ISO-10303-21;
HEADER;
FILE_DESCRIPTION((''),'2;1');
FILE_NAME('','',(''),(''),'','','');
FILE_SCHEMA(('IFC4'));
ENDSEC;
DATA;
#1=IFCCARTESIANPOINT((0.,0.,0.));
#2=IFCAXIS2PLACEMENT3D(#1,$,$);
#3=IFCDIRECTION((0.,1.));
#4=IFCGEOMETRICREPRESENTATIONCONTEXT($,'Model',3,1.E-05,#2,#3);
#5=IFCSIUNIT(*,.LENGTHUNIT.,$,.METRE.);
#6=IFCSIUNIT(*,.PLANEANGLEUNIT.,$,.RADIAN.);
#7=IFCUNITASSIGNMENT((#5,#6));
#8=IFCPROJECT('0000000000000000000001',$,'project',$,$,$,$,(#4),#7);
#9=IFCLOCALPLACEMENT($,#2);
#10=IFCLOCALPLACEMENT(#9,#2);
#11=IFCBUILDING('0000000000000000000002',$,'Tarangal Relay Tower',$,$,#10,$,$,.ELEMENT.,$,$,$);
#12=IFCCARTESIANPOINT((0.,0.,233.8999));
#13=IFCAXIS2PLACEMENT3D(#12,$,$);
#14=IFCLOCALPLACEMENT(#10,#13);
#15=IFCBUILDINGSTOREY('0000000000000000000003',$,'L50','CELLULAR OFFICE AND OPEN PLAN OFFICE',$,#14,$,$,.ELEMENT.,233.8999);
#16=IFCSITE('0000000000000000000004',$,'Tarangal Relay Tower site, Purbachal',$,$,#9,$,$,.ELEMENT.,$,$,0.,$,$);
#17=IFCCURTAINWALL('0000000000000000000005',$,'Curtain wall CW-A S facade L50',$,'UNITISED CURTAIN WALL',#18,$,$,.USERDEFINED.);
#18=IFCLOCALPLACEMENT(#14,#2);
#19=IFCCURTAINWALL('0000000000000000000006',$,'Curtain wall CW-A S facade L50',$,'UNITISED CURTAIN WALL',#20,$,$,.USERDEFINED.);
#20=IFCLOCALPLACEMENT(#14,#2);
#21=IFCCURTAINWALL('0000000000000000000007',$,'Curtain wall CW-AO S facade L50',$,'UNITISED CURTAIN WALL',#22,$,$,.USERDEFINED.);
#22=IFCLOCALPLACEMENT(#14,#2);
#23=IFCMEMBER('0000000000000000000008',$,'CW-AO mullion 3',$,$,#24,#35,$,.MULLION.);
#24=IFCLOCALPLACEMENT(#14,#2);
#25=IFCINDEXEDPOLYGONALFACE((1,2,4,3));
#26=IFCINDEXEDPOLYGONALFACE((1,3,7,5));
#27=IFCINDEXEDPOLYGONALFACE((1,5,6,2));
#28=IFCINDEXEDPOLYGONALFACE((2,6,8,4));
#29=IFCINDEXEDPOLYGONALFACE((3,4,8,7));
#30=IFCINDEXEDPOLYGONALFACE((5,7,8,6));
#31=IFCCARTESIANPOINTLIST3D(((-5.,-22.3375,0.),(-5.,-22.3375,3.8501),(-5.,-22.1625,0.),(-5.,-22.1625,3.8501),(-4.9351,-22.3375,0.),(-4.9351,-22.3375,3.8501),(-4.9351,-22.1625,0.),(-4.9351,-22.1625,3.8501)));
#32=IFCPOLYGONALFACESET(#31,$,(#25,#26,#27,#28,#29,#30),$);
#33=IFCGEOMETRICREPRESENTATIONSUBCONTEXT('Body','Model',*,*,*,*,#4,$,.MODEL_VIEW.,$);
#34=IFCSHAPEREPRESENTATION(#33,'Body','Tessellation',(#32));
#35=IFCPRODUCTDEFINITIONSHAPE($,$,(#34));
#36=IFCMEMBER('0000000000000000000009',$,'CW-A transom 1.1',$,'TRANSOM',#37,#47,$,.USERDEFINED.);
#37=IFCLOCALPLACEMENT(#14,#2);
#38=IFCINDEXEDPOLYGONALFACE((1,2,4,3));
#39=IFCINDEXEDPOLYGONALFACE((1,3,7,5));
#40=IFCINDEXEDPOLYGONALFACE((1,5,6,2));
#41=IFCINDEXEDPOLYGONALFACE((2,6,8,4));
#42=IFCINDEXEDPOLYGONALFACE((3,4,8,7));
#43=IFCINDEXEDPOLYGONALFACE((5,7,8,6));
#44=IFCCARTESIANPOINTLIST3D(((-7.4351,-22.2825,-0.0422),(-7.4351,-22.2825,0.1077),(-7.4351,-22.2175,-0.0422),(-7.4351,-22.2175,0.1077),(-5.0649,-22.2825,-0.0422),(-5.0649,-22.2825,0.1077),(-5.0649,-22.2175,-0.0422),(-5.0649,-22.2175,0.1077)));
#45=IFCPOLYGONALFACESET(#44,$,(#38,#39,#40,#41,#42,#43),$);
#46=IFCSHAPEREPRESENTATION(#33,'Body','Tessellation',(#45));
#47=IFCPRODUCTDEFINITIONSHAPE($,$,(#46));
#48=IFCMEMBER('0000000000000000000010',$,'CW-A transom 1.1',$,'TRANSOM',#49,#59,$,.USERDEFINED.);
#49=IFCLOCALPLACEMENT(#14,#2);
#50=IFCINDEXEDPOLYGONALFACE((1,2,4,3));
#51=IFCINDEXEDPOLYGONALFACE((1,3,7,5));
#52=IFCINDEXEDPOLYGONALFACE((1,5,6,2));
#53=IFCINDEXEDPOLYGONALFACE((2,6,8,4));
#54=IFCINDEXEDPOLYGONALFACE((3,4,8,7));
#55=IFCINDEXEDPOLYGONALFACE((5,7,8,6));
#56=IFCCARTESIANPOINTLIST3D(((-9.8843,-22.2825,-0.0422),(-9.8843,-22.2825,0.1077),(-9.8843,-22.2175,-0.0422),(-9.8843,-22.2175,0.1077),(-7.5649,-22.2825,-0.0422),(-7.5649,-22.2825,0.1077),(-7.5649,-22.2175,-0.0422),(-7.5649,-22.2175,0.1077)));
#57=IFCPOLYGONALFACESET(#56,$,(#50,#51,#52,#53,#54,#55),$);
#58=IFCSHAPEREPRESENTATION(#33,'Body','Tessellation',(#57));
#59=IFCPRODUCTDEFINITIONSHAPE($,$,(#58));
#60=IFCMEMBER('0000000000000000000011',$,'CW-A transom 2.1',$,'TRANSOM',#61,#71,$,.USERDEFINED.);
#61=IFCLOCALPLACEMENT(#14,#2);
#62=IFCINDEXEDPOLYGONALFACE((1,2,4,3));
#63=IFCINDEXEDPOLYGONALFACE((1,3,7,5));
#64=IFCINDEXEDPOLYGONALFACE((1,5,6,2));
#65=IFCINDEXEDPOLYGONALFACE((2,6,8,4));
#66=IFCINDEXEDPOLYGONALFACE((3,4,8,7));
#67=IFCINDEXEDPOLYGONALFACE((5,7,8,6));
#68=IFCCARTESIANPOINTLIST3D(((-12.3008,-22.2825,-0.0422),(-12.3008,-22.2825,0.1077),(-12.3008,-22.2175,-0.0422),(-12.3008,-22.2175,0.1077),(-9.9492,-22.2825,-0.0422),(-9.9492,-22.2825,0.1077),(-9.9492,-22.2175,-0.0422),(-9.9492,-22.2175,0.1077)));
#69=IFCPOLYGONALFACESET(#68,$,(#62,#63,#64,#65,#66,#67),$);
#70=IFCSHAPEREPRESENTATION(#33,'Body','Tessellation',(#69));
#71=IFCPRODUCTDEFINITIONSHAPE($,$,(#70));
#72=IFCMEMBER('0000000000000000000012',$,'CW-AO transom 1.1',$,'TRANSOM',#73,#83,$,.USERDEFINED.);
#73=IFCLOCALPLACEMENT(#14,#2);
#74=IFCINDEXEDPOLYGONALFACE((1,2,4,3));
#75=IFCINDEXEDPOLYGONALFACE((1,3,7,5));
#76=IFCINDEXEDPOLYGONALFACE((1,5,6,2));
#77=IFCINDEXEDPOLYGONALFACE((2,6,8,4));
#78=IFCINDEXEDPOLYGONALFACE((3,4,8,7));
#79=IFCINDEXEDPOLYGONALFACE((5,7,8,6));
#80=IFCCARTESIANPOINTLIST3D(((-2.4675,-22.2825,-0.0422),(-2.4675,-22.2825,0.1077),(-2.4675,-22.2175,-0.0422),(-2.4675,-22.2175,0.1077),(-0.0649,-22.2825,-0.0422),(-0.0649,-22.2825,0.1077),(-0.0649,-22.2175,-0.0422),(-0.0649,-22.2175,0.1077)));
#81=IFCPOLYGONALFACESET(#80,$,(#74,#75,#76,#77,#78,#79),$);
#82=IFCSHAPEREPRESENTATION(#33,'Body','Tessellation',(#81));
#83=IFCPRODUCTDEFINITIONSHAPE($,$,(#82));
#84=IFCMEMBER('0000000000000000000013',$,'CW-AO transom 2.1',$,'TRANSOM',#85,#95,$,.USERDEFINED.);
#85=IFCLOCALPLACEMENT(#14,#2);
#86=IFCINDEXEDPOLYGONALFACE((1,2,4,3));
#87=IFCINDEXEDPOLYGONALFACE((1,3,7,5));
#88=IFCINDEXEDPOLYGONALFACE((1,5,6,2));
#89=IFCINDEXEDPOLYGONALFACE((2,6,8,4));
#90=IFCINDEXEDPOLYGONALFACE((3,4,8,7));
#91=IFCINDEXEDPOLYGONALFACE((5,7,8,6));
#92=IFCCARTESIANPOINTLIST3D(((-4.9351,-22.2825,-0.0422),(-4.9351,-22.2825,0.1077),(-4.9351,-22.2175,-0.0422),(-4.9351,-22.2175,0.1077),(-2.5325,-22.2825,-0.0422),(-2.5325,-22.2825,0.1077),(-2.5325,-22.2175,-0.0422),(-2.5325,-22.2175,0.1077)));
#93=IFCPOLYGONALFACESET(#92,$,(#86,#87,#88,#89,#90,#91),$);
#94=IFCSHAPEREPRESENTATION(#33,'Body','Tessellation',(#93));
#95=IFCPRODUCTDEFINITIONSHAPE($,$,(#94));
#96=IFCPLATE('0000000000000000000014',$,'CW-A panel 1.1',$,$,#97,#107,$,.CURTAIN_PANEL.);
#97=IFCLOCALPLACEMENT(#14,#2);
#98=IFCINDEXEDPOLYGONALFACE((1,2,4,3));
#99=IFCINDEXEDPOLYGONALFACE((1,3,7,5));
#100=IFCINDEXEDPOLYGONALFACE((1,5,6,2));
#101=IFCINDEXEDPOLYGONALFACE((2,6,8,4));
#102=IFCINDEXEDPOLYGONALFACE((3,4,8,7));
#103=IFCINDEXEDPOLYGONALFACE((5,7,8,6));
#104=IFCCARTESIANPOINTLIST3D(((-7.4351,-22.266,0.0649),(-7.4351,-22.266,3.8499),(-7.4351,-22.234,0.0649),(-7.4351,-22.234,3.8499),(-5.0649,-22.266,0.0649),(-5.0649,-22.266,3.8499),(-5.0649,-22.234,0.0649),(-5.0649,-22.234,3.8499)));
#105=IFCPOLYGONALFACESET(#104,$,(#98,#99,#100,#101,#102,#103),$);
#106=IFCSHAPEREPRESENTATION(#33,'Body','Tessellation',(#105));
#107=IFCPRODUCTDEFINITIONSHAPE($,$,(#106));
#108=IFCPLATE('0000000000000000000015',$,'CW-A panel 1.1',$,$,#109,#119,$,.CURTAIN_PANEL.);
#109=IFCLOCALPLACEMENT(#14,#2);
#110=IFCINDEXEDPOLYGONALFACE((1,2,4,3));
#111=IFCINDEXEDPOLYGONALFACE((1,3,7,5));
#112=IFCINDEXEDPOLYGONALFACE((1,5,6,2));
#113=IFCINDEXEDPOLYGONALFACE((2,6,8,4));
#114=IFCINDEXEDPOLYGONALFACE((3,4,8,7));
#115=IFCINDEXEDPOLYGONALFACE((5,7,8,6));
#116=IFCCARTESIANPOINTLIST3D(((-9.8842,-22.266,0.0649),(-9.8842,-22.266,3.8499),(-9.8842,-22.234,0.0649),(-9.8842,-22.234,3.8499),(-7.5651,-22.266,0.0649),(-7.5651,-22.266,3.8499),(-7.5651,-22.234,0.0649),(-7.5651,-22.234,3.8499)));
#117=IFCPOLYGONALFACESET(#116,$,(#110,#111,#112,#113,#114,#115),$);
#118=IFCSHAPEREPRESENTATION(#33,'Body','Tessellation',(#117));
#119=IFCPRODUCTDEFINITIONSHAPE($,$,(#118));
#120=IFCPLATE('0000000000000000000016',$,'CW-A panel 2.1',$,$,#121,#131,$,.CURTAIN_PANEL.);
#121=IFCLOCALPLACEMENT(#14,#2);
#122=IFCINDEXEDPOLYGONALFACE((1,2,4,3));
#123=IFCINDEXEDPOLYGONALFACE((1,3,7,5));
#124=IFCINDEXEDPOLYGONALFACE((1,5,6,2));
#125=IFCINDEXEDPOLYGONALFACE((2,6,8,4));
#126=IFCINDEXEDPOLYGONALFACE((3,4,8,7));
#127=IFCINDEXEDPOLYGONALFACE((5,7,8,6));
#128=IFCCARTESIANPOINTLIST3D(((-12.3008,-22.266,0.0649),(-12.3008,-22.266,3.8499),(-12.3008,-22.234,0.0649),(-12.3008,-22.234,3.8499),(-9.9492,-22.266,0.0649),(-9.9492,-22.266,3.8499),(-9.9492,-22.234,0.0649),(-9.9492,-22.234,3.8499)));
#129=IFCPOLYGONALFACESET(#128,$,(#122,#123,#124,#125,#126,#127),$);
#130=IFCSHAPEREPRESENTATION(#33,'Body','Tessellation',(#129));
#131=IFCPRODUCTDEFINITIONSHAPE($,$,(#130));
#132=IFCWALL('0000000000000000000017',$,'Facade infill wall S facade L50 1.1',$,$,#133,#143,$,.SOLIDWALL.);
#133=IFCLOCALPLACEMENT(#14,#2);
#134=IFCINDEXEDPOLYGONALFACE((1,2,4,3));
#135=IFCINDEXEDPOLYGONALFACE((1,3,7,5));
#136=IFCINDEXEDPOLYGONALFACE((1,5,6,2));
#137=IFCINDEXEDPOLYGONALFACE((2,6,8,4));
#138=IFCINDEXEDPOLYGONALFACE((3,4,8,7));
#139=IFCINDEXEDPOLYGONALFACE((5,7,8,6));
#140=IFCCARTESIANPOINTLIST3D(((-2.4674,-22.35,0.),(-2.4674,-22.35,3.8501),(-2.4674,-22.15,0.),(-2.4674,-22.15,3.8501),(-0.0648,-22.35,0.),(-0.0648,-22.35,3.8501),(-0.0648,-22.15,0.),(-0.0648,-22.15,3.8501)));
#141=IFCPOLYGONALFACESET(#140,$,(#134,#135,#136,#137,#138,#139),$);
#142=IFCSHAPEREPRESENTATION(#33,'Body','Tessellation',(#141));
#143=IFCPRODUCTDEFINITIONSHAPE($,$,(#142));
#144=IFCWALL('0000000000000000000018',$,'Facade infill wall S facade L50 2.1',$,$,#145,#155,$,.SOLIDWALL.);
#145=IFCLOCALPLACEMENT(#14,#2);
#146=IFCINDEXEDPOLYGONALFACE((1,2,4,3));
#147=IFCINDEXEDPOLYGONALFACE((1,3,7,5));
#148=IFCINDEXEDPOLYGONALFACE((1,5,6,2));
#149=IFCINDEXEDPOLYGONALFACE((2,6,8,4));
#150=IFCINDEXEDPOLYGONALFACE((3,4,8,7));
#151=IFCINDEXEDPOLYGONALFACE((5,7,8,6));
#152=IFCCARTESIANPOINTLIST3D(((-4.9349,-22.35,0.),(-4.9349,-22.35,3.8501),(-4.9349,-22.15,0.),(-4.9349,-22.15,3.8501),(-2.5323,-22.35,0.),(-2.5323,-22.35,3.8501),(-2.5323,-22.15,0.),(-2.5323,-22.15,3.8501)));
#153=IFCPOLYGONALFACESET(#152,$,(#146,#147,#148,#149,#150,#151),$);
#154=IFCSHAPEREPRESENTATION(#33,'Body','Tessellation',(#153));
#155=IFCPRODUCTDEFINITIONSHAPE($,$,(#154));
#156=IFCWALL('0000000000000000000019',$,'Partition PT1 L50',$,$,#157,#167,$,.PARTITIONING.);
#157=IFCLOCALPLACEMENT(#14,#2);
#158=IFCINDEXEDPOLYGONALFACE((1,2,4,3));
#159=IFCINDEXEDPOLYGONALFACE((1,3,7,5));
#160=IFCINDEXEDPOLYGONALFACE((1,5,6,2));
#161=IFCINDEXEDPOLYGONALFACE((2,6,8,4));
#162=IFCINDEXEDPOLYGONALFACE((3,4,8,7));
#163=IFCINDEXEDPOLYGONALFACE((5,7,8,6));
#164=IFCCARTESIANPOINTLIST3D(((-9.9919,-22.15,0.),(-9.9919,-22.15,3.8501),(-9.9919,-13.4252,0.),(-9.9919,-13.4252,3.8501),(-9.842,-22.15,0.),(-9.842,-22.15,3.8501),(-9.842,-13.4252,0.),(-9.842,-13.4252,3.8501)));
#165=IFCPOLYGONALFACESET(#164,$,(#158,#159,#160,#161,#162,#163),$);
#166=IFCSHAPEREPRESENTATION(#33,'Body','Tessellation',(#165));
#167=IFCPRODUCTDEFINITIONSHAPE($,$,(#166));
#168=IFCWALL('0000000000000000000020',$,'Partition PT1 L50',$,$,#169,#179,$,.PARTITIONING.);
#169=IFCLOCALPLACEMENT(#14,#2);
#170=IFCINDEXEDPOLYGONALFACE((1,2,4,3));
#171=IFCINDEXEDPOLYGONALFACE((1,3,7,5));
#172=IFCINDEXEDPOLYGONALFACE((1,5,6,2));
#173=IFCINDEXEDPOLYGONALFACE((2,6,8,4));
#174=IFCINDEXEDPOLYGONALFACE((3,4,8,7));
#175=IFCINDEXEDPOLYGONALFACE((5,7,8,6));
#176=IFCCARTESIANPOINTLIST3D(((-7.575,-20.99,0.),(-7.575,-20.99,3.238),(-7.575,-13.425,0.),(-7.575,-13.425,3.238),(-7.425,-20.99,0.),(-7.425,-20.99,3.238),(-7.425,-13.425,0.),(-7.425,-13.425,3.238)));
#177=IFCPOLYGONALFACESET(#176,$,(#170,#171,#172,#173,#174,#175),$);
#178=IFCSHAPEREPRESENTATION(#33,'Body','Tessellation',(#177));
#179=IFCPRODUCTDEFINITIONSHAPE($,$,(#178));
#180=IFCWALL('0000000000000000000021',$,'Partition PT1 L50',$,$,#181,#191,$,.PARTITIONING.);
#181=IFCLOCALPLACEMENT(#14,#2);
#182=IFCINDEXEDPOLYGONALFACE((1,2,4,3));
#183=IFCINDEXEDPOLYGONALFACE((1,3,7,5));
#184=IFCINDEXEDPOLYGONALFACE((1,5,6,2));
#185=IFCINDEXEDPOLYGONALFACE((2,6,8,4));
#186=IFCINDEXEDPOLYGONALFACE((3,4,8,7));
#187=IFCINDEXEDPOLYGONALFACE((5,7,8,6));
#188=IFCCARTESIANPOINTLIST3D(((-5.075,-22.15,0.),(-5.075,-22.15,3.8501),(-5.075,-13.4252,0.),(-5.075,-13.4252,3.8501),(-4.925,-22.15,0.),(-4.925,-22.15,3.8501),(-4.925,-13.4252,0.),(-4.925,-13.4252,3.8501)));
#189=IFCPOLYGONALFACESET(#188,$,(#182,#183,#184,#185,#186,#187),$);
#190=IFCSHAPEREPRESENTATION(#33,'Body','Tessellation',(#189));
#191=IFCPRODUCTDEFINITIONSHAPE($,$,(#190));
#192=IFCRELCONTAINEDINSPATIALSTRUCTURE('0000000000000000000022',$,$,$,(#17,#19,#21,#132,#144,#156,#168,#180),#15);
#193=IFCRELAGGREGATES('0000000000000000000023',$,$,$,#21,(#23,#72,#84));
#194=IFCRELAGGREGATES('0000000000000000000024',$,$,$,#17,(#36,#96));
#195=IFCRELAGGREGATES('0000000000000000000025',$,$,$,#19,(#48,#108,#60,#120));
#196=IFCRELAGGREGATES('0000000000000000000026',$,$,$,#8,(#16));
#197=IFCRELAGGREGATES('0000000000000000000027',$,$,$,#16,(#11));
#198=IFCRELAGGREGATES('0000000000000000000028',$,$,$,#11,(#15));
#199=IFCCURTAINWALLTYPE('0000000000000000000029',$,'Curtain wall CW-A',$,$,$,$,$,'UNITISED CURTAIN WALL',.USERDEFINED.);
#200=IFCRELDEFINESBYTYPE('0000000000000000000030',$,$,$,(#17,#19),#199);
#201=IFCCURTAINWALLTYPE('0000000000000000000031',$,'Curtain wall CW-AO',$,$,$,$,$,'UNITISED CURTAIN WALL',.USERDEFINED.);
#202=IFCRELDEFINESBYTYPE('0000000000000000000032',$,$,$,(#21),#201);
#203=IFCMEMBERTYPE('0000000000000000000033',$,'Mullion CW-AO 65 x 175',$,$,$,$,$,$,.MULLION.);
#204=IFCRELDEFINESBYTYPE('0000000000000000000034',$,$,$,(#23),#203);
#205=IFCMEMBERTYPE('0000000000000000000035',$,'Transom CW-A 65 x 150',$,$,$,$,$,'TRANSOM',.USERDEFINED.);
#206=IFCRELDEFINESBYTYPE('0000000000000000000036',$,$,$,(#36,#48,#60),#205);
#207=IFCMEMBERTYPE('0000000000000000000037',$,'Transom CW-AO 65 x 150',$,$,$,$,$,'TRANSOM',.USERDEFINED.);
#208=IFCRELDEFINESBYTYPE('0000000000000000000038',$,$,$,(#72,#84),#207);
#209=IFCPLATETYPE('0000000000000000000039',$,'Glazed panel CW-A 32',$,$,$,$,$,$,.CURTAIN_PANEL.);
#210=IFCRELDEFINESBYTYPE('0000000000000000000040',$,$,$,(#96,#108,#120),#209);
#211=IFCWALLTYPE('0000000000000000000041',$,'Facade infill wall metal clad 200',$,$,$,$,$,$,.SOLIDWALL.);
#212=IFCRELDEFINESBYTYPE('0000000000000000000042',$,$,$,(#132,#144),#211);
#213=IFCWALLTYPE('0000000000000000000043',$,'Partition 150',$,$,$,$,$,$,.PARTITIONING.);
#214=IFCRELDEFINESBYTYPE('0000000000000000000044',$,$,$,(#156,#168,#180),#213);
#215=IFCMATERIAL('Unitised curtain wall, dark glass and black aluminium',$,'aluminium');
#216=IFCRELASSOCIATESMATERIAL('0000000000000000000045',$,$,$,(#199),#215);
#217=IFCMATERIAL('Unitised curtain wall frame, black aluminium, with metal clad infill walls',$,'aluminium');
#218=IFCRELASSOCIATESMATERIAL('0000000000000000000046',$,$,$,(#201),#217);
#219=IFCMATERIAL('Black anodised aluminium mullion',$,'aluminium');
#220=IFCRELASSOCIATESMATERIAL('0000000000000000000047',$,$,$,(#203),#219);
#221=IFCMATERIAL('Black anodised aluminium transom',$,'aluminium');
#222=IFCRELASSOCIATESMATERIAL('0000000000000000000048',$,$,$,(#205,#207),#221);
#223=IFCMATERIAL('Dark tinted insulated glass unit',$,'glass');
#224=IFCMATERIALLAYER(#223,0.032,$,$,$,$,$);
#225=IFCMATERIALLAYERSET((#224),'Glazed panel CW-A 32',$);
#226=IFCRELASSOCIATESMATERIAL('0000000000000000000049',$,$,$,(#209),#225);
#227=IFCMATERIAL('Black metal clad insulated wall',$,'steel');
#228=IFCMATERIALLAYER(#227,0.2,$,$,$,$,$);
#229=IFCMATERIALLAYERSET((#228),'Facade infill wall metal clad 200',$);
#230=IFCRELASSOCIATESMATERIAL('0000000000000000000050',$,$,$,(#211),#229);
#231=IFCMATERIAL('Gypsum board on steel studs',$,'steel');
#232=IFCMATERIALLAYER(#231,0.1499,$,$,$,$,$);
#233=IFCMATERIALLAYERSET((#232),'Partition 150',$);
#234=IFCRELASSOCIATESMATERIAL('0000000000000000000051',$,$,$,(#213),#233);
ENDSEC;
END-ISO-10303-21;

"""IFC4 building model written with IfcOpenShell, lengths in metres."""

from ifc_helpers import new_model, si_unit, direction, frame, frame_2d, origin, origin_2d, place, context, subcontext, project, spatial, rectangle, extrude, material, layer, layer_set, material_profile, profile_set, type_object, element, aggregate, save


model = new_model("IFC4")

# Units and contexts
model_context = context("Model", 3, precision=1e-05, world=origin(), true_north=direction((0.0, 1.0)))
body_context = subcontext(model_context, "Body", "Model", "MODEL_VIEW")
ifc_project = project(units=[si_unit("LENGTHUNIT", "METRE"), si_unit("PLANEANGLEUNIT", "RADIAN")], contexts=[model_context])

# Site, building, storey
site_placement = place(None, origin())
site = spatial("IfcSite", under=ifc_project, at=site_placement, Name="Tarangal Relay Tower site, Purbachal", CompositionType="ELEMENT", RefElevation=0.0)
building_placement = place(site_placement, origin())
building = spatial("IfcBuilding", under=site, at=building_placement, Name="Tarangal Relay Tower", CompositionType="ELEMENT")
storey_placement = place(building_placement, frame((0.0, 0.0, 233.8999)))
storey = spatial("IfcBuildingStorey", under=building, at=storey_placement, Name="L50", Description="CELLULAR OFFICE AND OPEN PLAN OFFICE", CompositionType="ELEMENT", Elevation=233.8999)

# Curtain walls, member
ifc_material_1 = material(Name="Unitised curtain wall, dark glass and black aluminium", Category="aluminium")
curtain_wall_type_1 = type_object("IfcCurtainWallType", Name="Curtain wall CW-A", ElementType="UNITISED CURTAIN WALL", PredefinedType="USERDEFINED", material=ifc_material_1)
curtain_wall_1_placement = place(storey_placement, origin())
curtain_wall_1 = element("IfcCurtainWall", 1, at=curtain_wall_1_placement, inside=storey, type_object=curtain_wall_type_1, Name="Curtain wall CW-A S facade L50", ObjectType="UNITISED CURTAIN WALL", PredefinedType="USERDEFINED")
ifc_material_2 = material(Name="Black anodised aluminium mullion", Category="aluminium")
curtain_wall_2_placement = place(storey_placement, origin())
curtain_wall_2 = element("IfcCurtainWall", 2, at=curtain_wall_2_placement, inside=storey, type_object=curtain_wall_type_1, Name="Curtain wall CW-A S facade L50", ObjectType="UNITISED CURTAIN WALL", PredefinedType="USERDEFINED")
ifc_material_3 = material(Name="Unitised curtain wall frame, black aluminium, with metal clad infill walls", Category="aluminium")
curtain_wall_type_2 = type_object("IfcCurtainWallType", Name="Curtain wall CW-AO", ElementType="UNITISED CURTAIN WALL", PredefinedType="USERDEFINED", material=ifc_material_3)
curtain_wall_3_placement = place(storey_placement, origin())
curtain_wall_3 = element("IfcCurtainWall", 3, at=curtain_wall_3_placement, inside=storey, type_object=curtain_wall_type_2, Name="Curtain wall CW-AO S facade L50", ObjectType="UNITISED CURTAIN WALL", PredefinedType="USERDEFINED")
ifc_material_profile_1 = material_profile(ifc_material_2, rectangle(XDim=0.175, YDim=0.0649, at=origin_2d()), Name="CW-AOM 65X175")
ifc_profile_set_1 = profile_set([ifc_material_profile_1], Name="Black anodised aluminium mullion")
member_type_1 = type_object("IfcMemberType", Name="Mullion CW-AO 65 x 175", PredefinedType="MULLION", material=ifc_profile_set_1)
member_1_placement = place(storey_placement, frame((-4.9675, -22.25, 0.0), z_axis=(0.0, 0.0, 1.0), x_axis=(0.0, -1.0, 0.0)))
member_1 = element("IfcMember", 4, at=member_1_placement, type_object=member_type_1, Name="CW-AO mullion 3", PredefinedType="MULLION", context=body_context, shape_type="SweptSolid", body=[
    extrude(rectangle(XDim=0.175, YDim=0.0649, at=origin_2d()), origin(), (0.0, 0.0, 1.0), 3.8501),
])

# Members
ifc_material_4 = material(Name="Black anodised aluminium transom", Category="aluminium")
ifc_material_profile_2 = material_profile(ifc_material_4, rectangle(XDim=0.0649, YDim=0.1499, at=origin_2d()), Name="CW-AT 65X150")
ifc_profile_set_2 = profile_set([ifc_material_profile_2], Name="Black anodised aluminium transom")
member_type_2 = type_object("IfcMemberType", Name="Transom CW-A 65 x 150", ElementType="TRANSOM", PredefinedType="USERDEFINED", material=ifc_profile_set_2)
member_2_placement = place(storey_placement, frame((-5.0649, -22.25, 0.0327), z_axis=(-1.0, 0.0, 0.0), x_axis=(0.0, -1.0, 0.0)))
member_2 = element("IfcMember", 5, at=member_2_placement, type_object=member_type_2, Name="CW-A transom 1.1", ObjectType="TRANSOM", PredefinedType="USERDEFINED", context=body_context, shape_type="SweptSolid", body=[
    extrude(rectangle(XDim=0.0649, YDim=0.1499, at=origin_2d()), origin(), (0.0, 0.0, 1.0), 2.3701),
])
member_3_placement = place(storey_placement, frame((-7.5649, -22.25, 0.0327), z_axis=(-1.0, 0.0, 0.0), x_axis=(0.0, -1.0, 0.0)))
member_3 = element("IfcMember", 6, at=member_3_placement, type_object=member_type_2, Name="CW-A transom 1.1", ObjectType="TRANSOM", PredefinedType="USERDEFINED", context=body_context, shape_type="SweptSolid", body=[
    extrude(rectangle(XDim=0.0649, YDim=0.1499, at=origin_2d()), origin(), (0.0, 0.0, 1.0), 2.3193),
])
member_4_placement = place(storey_placement, frame((-9.9492, -22.25, 0.0327), z_axis=(-1.0, 0.0, 0.0), x_axis=(0.0, -1.0, 0.0)))
member_4 = element("IfcMember", 7, at=member_4_placement, type_object=member_type_2, Name="CW-A transom 2.1", ObjectType="TRANSOM", PredefinedType="USERDEFINED", context=body_context, shape_type="SweptSolid", body=[
    extrude(rectangle(XDim=0.0649, YDim=0.1499, at=origin_2d()), origin(), (0.0, 0.0, 1.0), 2.3516),
])
ifc_material_profile_3 = material_profile(ifc_material_4, rectangle(XDim=0.0649, YDim=0.1499, at=origin_2d()), Name="CW-AOT 65X150")
ifc_profile_set_3 = profile_set([ifc_material_profile_3], Name="Black anodised aluminium transom")
member_type_3 = type_object("IfcMemberType", Name="Transom CW-AO 65 x 150", ElementType="TRANSOM", PredefinedType="USERDEFINED", material=ifc_profile_set_3)
member_5_placement = place(storey_placement, frame((-0.0649, -22.25, 0.0327), z_axis=(-1.0, 0.0, 0.0), x_axis=(0.0, -1.0, 0.0)))
member_5 = element("IfcMember", 8, at=member_5_placement, type_object=member_type_3, Name="CW-AO transom 1.1", ObjectType="TRANSOM", PredefinedType="USERDEFINED", context=body_context, shape_type="SweptSolid", body=[
    extrude(rectangle(XDim=0.0649, YDim=0.1499, at=origin_2d()), origin(), (0.0, 0.0, 1.0), 2.4026),
])
member_6_placement = place(storey_placement, frame((-2.5325, -22.25, 0.0327), z_axis=(-1.0, 0.0, 0.0), x_axis=(0.0, -1.0, 0.0)))
member_6 = element("IfcMember", 9, at=member_6_placement, type_object=member_type_3, Name="CW-AO transom 2.1", ObjectType="TRANSOM", PredefinedType="USERDEFINED", context=body_context, shape_type="SweptSolid", body=[
    extrude(rectangle(XDim=0.0649, YDim=0.1499, at=origin_2d()), origin(), (0.0, 0.0, 1.0), 2.4026),
])
aggregate(curtain_wall_3, [member_1, member_5, member_6])

# Plates
ifc_material_5 = material(Name="Dark tinted insulated glass unit", Category="glass")
ifc_layer_1 = layer(ifc_material_5, 0.032)
ifc_layer_set_1 = layer_set([ifc_layer_1], Name="Glazed panel CW-A 32")
plate_type = type_object("IfcPlateType", Name="Glazed panel CW-A 32", PredefinedType="CURTAIN_PANEL", material=ifc_layer_set_1)
plate_1_placement = place(storey_placement, frame((-6.25, -22.25, 0.0649), z_axis=(0.0, 0.0, 1.0), x_axis=(-1.0, 0.0, 0.0)))
plate_1 = element("IfcPlate", 10, at=plate_1_placement, type_object=plate_type, Name="CW-A panel 1.1", PredefinedType="CURTAIN_PANEL", context=body_context, shape_type="SweptSolid", body=[
    extrude(rectangle(XDim=2.3701, YDim=0.032, at=origin_2d()), origin(), (0.0, 0.0, 1.0), 3.7849),
])
aggregate(curtain_wall_1, [member_2, plate_1])
plate_2_placement = place(storey_placement, frame((-8.7246, -22.25, 0.0649), z_axis=(0.0, 0.0, 1.0), x_axis=(-1.0, 0.0, 0.0)))
plate_2 = element("IfcPlate", 11, at=plate_2_placement, type_object=plate_type, Name="CW-A panel 1.1", PredefinedType="CURTAIN_PANEL", context=body_context, shape_type="SweptSolid", body=[
    extrude(rectangle(XDim=2.3191, YDim=0.032, at=origin_2d()), origin(), (0.0, 0.0, 1.0), 3.7849),
])
plate_3_placement = place(storey_placement, frame((-11.125, -22.25, 0.0649), z_axis=(0.0, 0.0, 1.0), x_axis=(-1.0, 0.0, 0.0)))
plate_3 = element("IfcPlate", 12, at=plate_3_placement, type_object=plate_type, Name="CW-A panel 2.1", PredefinedType="CURTAIN_PANEL", context=body_context, shape_type="SweptSolid", body=[
    extrude(rectangle(XDim=2.3516, YDim=0.032, at=origin_2d()), origin(), (0.0, 0.0, 1.0), 3.7849),
])
aggregate(curtain_wall_2, [member_3, plate_2, member_4, plate_3])

# Walls
ifc_material_6 = material(Name="Black metal clad insulated wall", Category="steel")
ifc_layer_2 = layer(ifc_material_6, 0.2)
ifc_layer_set_2 = layer_set([ifc_layer_2], Name="Facade infill wall metal clad 200")
wall_type_1 = type_object("IfcWallType", Name="Facade infill wall metal clad 200", PredefinedType="SOLIDWALL", material=ifc_layer_set_2)
for number, where, z_axis, x_axis, name in (
    (13, (-0.0649, -22.25, 0.0), (0.0, 0.0, 1.0), (-1.0, 0.0, 0.0), "Facade infill wall S facade L50 1.1"),
    (14, (-2.5325, -22.25, 0.0), (0.0, 0.0, 1.0), (-1.0, 0.0, 0.0), "Facade infill wall S facade L50 2.1"),
):
    element("IfcWall", number, at=place(storey_placement, frame(where, z_axis=z_axis, x_axis=x_axis)), inside=storey, type_object=wall_type_1, Name=name, PredefinedType="SOLIDWALL", context=body_context, shape_type="SweptSolid", body=[
        extrude(rectangle(XDim=2.4026, YDim=0.2, at=frame_2d((1.2012, 0.0))), origin(), (0.0, 0.0, 1.0), 3.8501),
    ])
ifc_material_7 = material(Name="Gypsum board on steel studs", Category="steel")
ifc_layer_3 = layer(ifc_material_7, 0.1499)
ifc_layer_set_3 = layer_set([ifc_layer_3], Name="Partition 150")
wall_type_2 = type_object("IfcWallType", Name="Partition 150", PredefinedType="PARTITIONING", material=ifc_layer_set_3)
wall_1_placement = place(storey_placement, frame((-9.917, -22.1499, 0.0), z_axis=(0.0, 0.0, 1.0), x_axis=(0.0, 1.0, 0.0)))
element("IfcWall", 15, at=wall_1_placement, inside=storey, type_object=wall_type_2, Name="Partition PT1 L50", PredefinedType="PARTITIONING", context=body_context, shape_type="SweptSolid", body=[
    extrude(rectangle(XDim=8.7249, YDim=0.1499, at=frame_2d((4.3623, 0.0))), origin(), (0.0, 0.0, 1.0), 3.8501),
])
wall_2_placement = place(storey_placement, frame((-7.5, -20.99, 0.0), z_axis=(0.0, 0.0, 1.0), x_axis=(0.0, 1.0, 0.0)))
element("IfcWall", 16, at=wall_2_placement, inside=storey, type_object=wall_type_2, Name="Partition PT1 L50", PredefinedType="PARTITIONING", context=body_context, shape_type="SweptSolid", body=[
    extrude(rectangle(XDim=7.5649, YDim=0.1499, at=frame_2d((3.7825, 0.0))), origin(), (0.0, 0.0, 1.0), 3.238),
])
for number, where, z_axis, x_axis, name in (
    (17, (-5.0, -22.1499, 0.0), (0.0, 0.0, 1.0), (0.0, 1.0, 0.0), "Partition PT1 L50"),
):
    element("IfcWall", number, at=place(storey_placement, frame(where, z_axis=z_axis, x_axis=x_axis)), inside=storey, type_object=wall_type_2, Name=name, PredefinedType="PARTITIONING", context=body_context, shape_type="SweptSolid", body=[
        extrude(rectangle(XDim=8.7249, YDim=0.1499, at=frame_2d((4.3623, 0.0))), origin(), (0.0, 0.0, 1.0), 3.8501),
    ])

save(model, "model.ifc")
